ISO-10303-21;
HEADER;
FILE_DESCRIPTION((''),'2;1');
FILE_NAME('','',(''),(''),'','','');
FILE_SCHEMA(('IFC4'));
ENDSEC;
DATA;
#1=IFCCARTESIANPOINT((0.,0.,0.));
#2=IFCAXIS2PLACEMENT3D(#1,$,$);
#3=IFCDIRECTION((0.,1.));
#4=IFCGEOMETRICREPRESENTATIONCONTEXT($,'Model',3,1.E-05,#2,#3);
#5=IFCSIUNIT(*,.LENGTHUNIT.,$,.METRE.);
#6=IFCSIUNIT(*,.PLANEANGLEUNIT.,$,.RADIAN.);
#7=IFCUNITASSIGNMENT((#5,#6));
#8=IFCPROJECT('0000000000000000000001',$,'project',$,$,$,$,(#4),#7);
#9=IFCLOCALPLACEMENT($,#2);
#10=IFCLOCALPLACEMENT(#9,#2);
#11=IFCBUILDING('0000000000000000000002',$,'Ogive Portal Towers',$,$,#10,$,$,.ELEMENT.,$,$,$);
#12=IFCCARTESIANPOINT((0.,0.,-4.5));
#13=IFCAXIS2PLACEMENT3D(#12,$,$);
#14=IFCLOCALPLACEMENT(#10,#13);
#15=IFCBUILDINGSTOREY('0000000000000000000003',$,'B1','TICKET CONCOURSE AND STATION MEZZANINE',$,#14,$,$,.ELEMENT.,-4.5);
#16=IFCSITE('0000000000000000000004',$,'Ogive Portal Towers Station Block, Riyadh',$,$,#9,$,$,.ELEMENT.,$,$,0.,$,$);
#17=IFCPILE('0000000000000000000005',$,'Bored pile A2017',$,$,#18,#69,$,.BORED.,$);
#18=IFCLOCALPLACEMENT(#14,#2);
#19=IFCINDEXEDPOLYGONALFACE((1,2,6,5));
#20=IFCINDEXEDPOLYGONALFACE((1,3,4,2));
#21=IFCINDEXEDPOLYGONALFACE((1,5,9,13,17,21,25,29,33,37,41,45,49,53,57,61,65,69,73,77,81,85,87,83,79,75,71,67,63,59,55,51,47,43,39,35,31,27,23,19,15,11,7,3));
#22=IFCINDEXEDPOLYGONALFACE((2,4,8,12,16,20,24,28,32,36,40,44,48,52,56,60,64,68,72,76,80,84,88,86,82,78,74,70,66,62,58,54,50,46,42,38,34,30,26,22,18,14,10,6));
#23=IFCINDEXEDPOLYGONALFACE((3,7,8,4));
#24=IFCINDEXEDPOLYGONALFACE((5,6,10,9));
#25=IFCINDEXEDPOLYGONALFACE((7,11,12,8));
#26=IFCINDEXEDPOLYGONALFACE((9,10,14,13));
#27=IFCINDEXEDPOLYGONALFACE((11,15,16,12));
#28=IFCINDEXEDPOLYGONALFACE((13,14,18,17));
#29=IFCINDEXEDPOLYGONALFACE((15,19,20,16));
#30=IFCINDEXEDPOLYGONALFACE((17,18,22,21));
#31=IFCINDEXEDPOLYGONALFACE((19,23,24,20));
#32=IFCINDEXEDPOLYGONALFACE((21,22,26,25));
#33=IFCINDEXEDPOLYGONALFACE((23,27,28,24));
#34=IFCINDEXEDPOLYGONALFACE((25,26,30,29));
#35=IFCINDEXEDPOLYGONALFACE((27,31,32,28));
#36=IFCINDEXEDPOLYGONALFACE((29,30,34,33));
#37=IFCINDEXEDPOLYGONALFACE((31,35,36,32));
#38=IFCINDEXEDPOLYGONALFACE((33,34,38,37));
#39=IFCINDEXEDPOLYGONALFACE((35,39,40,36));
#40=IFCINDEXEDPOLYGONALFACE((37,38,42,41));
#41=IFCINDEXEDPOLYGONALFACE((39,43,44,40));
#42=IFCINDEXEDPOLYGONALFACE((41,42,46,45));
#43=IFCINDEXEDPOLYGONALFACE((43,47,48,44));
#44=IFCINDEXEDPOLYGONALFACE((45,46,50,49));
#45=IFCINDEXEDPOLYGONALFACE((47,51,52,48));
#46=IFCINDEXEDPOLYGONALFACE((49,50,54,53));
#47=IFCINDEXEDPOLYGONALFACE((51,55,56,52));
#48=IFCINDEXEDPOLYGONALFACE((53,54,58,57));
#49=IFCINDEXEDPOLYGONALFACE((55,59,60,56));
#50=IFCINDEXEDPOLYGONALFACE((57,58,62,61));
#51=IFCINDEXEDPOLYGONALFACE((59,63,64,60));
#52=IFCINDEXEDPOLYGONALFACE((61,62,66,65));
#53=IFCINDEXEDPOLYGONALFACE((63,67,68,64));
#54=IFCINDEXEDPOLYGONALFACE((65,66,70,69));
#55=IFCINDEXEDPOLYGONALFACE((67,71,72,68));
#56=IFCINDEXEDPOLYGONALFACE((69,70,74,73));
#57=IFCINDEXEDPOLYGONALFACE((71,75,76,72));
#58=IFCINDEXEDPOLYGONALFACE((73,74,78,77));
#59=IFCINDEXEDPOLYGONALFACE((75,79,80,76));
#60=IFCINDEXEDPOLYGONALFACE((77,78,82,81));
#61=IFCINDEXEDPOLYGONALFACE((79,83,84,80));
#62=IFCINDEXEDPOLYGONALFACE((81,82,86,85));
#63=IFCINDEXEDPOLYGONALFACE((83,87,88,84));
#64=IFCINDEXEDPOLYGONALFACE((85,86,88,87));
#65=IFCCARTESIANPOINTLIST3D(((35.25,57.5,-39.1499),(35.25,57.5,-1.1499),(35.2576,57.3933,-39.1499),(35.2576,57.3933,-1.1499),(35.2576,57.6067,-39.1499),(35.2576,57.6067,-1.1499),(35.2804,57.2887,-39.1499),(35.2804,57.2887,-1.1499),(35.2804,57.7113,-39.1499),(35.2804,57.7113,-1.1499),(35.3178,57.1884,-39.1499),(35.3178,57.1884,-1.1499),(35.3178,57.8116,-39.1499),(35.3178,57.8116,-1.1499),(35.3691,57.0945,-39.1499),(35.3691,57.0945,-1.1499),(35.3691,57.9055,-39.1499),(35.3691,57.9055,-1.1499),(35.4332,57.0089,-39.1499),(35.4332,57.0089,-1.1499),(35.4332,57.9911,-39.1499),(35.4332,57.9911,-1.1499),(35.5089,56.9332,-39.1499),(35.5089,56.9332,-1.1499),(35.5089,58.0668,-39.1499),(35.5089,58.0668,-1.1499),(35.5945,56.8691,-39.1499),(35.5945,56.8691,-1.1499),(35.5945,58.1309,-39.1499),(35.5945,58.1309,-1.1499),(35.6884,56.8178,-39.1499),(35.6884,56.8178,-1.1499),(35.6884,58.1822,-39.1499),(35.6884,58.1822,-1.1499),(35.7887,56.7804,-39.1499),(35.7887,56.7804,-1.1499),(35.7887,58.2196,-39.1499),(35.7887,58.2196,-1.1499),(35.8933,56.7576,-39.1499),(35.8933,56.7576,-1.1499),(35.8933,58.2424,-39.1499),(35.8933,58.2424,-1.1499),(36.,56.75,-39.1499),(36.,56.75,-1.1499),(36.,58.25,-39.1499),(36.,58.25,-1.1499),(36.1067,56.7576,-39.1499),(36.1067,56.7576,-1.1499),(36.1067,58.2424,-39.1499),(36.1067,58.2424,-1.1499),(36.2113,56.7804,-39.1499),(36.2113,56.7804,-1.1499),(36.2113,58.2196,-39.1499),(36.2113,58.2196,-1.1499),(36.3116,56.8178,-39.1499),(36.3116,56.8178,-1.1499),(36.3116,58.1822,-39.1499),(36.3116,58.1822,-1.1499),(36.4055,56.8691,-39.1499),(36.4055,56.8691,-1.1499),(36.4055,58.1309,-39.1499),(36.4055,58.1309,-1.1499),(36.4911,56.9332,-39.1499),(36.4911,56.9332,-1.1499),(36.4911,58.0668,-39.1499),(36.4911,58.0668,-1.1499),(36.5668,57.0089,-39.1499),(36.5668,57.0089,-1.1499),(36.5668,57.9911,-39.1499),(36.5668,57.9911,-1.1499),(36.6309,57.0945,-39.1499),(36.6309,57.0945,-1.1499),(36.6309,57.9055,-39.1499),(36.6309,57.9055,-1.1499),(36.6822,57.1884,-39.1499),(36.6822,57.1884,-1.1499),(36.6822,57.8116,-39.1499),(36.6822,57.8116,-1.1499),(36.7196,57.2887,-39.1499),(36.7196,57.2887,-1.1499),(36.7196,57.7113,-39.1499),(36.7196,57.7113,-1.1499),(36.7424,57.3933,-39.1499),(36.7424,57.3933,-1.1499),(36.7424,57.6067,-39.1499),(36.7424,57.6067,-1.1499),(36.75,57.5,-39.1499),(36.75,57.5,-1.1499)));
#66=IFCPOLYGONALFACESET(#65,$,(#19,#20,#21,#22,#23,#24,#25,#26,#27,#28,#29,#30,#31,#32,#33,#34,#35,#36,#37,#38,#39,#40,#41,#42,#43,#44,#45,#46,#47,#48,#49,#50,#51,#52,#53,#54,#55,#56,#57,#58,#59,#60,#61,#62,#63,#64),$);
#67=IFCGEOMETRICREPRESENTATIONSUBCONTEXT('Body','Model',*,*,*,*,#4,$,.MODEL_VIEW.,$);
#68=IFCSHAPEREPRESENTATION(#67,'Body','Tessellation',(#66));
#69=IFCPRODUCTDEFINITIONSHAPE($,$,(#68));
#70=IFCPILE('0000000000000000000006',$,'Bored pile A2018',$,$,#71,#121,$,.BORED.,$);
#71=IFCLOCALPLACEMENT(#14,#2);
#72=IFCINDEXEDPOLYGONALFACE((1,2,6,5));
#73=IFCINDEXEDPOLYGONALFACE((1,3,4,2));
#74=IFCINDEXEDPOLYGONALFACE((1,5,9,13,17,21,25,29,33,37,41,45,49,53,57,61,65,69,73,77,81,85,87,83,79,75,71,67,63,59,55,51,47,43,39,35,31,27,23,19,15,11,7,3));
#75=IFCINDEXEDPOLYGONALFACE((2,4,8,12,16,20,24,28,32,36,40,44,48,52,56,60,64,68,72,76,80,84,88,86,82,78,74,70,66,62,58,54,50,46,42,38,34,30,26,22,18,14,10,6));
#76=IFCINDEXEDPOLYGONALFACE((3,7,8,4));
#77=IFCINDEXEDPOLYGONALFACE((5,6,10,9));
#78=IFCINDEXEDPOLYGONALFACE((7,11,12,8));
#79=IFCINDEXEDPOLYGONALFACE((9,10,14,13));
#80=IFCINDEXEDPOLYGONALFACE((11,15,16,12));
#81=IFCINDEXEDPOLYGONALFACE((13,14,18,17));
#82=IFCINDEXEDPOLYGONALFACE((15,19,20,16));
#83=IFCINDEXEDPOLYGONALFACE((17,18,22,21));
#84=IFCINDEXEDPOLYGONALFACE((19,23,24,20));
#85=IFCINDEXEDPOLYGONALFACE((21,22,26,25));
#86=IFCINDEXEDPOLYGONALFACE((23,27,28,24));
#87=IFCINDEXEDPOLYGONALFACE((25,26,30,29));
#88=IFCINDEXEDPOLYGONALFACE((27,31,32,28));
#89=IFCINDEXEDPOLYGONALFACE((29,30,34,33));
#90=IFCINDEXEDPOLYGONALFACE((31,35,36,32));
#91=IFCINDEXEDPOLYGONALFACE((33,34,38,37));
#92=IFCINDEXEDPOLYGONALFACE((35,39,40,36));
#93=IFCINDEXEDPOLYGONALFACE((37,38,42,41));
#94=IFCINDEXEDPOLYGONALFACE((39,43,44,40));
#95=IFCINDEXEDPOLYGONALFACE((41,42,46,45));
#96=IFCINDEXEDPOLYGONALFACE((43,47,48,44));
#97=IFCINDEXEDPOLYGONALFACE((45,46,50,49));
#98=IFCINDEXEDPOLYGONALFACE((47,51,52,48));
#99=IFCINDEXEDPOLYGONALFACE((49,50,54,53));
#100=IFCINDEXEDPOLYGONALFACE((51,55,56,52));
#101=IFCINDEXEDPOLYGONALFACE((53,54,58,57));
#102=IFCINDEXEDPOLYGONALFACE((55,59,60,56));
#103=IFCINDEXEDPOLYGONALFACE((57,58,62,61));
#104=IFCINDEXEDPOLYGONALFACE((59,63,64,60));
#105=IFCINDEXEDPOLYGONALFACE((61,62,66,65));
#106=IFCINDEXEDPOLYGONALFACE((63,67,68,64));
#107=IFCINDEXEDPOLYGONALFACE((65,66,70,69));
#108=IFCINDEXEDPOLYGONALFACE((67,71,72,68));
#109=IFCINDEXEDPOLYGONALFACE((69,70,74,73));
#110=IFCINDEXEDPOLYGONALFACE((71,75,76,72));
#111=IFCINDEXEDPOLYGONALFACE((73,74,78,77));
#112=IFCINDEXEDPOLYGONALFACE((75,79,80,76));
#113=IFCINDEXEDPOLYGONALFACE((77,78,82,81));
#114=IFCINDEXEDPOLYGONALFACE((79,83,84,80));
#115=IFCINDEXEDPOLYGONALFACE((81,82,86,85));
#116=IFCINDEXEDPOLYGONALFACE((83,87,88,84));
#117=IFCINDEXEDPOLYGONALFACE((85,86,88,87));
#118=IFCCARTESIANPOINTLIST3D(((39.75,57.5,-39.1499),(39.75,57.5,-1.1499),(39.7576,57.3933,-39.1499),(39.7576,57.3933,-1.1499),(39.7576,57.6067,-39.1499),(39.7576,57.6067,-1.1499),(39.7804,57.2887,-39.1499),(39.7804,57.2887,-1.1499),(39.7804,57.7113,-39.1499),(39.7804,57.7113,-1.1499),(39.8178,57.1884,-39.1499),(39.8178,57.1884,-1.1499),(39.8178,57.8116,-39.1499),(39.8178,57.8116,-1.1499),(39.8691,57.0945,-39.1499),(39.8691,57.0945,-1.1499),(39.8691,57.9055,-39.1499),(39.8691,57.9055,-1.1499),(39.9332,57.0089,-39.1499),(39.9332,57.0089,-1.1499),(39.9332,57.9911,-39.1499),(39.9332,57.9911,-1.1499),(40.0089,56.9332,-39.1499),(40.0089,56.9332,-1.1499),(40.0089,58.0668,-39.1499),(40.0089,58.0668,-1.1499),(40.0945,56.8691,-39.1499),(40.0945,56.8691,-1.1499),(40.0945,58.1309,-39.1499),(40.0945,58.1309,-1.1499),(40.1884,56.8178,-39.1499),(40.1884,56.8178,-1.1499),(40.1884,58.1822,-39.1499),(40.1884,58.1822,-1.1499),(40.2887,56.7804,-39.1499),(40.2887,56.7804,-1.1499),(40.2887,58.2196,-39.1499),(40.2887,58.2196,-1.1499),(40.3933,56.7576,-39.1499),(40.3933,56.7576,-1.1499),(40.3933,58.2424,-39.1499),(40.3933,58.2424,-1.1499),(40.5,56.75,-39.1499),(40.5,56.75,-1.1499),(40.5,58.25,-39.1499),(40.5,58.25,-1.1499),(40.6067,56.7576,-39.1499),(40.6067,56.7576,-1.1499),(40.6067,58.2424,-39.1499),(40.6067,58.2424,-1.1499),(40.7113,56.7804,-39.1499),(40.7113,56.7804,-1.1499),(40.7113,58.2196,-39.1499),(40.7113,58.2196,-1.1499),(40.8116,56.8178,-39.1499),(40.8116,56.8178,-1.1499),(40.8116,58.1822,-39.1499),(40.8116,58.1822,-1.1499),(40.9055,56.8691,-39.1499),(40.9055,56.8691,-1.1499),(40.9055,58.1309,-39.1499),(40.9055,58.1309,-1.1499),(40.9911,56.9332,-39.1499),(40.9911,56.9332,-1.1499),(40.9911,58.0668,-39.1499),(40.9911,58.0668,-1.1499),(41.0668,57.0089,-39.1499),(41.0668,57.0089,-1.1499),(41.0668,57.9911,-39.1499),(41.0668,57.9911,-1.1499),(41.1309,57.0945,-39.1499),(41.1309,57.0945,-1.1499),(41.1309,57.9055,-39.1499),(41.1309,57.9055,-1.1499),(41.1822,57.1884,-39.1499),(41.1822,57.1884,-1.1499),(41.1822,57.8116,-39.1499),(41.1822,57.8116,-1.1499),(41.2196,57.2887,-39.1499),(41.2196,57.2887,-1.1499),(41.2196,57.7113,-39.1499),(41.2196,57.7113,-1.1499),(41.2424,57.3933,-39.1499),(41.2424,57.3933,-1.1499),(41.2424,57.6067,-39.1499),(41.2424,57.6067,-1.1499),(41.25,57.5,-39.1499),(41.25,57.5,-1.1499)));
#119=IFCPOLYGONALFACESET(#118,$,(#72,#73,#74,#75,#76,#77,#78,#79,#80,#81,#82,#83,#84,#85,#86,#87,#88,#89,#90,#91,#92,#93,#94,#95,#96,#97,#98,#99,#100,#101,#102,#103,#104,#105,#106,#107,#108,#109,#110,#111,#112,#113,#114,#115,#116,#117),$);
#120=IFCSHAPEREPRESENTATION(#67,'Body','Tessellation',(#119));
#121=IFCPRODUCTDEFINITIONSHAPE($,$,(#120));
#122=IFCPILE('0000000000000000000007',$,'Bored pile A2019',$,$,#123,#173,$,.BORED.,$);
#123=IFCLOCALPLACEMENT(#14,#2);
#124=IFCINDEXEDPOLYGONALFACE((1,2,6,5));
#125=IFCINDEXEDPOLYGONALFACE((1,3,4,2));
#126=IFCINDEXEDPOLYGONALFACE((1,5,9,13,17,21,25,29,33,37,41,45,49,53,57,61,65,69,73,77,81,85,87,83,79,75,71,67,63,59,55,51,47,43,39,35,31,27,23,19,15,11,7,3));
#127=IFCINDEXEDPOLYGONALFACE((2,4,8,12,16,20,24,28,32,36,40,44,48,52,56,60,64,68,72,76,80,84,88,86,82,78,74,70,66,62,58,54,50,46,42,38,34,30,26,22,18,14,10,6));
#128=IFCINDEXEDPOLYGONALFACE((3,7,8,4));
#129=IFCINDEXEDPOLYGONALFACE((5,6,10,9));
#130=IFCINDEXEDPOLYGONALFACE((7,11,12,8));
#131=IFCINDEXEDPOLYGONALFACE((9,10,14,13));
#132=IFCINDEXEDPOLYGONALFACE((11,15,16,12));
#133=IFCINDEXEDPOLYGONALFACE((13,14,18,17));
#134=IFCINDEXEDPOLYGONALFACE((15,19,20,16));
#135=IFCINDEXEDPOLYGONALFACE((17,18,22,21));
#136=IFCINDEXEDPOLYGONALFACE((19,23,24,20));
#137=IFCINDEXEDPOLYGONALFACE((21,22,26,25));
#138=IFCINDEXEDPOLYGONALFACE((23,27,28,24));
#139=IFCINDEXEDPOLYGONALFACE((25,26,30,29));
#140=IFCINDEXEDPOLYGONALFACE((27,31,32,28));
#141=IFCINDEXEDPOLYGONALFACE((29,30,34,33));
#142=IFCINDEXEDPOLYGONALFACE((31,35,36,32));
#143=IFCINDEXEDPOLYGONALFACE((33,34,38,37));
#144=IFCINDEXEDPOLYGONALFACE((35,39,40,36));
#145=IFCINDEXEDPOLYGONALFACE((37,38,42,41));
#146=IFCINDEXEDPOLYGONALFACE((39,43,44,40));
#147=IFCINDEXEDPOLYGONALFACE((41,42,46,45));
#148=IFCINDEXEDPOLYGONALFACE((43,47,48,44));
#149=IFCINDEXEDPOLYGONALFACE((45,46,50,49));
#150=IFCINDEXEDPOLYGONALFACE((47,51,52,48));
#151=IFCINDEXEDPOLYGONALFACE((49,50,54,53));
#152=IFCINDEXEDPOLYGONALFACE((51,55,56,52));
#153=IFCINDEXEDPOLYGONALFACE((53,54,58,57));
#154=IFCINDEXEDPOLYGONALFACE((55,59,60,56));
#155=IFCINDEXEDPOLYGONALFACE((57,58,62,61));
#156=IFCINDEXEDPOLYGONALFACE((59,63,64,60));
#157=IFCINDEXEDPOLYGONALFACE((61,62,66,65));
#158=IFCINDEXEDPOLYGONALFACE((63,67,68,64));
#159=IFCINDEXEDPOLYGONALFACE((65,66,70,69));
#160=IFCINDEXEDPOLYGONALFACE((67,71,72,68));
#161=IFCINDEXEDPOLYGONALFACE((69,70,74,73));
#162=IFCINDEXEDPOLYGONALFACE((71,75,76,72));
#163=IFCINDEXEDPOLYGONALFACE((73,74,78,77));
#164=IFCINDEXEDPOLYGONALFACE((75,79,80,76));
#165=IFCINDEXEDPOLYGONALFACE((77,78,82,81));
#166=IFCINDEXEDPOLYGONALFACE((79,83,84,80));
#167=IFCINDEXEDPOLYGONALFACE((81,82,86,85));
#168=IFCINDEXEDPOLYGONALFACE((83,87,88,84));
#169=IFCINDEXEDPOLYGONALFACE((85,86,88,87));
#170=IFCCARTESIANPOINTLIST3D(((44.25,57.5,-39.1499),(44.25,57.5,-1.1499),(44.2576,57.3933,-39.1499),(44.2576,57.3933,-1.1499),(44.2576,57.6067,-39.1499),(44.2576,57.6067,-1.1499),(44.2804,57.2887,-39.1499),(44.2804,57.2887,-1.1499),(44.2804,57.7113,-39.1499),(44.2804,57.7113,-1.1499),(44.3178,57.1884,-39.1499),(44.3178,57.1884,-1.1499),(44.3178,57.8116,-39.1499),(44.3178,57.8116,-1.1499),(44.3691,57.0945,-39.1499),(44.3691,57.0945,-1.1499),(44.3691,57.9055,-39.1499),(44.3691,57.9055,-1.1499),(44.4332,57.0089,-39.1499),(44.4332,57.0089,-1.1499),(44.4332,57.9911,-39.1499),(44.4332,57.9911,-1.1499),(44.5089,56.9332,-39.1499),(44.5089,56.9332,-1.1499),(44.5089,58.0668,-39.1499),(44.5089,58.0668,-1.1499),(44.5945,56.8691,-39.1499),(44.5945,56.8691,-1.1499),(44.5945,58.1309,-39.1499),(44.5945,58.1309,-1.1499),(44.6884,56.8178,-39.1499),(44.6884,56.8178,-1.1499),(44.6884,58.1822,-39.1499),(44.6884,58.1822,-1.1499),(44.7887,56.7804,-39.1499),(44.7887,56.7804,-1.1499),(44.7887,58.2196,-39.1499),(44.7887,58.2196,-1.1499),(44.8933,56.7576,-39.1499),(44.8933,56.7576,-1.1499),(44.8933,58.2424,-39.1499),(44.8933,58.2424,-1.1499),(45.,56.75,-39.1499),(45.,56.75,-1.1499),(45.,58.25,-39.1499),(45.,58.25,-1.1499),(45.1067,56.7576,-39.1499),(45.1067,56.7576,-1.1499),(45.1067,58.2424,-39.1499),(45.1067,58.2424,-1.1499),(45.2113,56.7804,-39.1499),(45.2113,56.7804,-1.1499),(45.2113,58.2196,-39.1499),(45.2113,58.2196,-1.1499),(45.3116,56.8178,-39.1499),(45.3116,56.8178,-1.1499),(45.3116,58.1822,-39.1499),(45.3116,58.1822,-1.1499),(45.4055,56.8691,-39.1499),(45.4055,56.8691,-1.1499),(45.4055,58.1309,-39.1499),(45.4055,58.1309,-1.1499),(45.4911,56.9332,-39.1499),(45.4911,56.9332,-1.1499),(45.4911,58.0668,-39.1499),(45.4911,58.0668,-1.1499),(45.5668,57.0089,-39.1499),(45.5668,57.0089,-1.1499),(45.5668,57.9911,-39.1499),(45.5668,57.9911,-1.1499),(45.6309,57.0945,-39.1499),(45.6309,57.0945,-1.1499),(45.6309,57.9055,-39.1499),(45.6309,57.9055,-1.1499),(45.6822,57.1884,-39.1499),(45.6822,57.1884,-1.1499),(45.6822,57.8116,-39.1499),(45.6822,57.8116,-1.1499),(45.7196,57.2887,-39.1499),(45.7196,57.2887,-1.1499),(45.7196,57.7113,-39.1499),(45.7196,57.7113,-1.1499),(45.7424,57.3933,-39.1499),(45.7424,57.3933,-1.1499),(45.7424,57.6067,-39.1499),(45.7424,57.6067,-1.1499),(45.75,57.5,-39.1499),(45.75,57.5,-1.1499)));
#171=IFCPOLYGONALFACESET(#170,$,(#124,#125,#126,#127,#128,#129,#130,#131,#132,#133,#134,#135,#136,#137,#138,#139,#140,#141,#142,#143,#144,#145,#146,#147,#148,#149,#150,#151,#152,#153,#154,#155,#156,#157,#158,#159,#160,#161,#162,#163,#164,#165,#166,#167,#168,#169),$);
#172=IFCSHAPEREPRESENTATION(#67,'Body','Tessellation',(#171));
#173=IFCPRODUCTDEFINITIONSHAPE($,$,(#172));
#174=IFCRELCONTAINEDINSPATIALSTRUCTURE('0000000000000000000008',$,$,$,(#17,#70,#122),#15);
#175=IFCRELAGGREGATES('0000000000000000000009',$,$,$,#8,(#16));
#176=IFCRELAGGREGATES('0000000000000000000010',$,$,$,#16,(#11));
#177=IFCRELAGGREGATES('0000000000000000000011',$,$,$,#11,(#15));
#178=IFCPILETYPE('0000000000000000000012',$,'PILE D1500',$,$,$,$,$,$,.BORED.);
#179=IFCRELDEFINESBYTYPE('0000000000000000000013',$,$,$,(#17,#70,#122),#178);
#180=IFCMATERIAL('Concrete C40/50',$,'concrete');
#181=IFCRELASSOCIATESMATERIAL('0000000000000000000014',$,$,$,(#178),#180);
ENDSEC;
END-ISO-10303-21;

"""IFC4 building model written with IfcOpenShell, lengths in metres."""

from ifc_helpers import new_model, si_unit, direction, frame, origin, origin_2d, place, context, subcontext, project, spatial, circle, extrude, material, material_profile, profile_set, type_object, element, save


model = new_model("IFC4")

# Units and contexts
model_context = context("Model", 3, precision=1e-05, world=origin(), true_north=direction((0.0, 1.0)))
body_context = subcontext(model_context, "Body", "Model", "MODEL_VIEW")
ifc_project = project(units=[si_unit("LENGTHUNIT", "METRE"), si_unit("PLANEANGLEUNIT", "RADIAN")], contexts=[model_context])

# Site, building, storey
site_placement = place(None, origin())
site = spatial("IfcSite", under=ifc_project, at=site_placement, Name="Ogive Portal Towers Station Block, Riyadh", CompositionType="ELEMENT", RefElevation=0.0)
building_placement = place(site_placement, origin())
building = spatial("IfcBuilding", under=site, at=building_placement, Name="Ogive Portal Towers", CompositionType="ELEMENT")
storey_placement = place(building_placement, frame((0.0, 0.0, -4.5)))
storey = spatial("IfcBuildingStorey", under=building, at=storey_placement, Name="B1", Description="TICKET CONCOURSE AND STATION MEZZANINE", CompositionType="ELEMENT", Elevation=-4.5)

# Piles
ifc_material_1 = material(Name="Concrete C40/50", Category="concrete")
ifc_material_profile_1 = material_profile(ifc_material_1, circle(Radius=0.75, at=origin_2d()), Name="PILE D1500")
ifc_profile_set_1 = profile_set([ifc_material_profile_1], Name="Concrete C40/50")
pile_type = type_object("IfcPileType", Name="PILE D1500", PredefinedType="BORED", material=ifc_profile_set_1)
for number, where, z_axis, x_axis, name in (
    (1, (36.0, 57.5, -1.1499), (0.0, 0.0, -1.0), (1.0, 0.0, 0.0), "Bored pile A2017"),
    (2, (40.5, 57.5, -1.1499), (0.0, 0.0, -1.0), (1.0, 0.0, 0.0), "Bored pile A2018"),
    (3, (45.0, 57.5, -1.1499), (0.0, 0.0, -1.0), (1.0, 0.0, 0.0), "Bored pile A2019"),
):
    element("IfcPile", number, at=place(storey_placement, frame(where, z_axis=z_axis, x_axis=x_axis)), inside=storey, type_object=pile_type, Name=name, PredefinedType="BORED", context=body_context, shape_type="SweptSolid", body=[
        extrude(circle(Radius=0.75, at=origin_2d()), origin(), (0.0, 0.0, 1.0), 38.0),
    ])

save(model, "model.ifc")
